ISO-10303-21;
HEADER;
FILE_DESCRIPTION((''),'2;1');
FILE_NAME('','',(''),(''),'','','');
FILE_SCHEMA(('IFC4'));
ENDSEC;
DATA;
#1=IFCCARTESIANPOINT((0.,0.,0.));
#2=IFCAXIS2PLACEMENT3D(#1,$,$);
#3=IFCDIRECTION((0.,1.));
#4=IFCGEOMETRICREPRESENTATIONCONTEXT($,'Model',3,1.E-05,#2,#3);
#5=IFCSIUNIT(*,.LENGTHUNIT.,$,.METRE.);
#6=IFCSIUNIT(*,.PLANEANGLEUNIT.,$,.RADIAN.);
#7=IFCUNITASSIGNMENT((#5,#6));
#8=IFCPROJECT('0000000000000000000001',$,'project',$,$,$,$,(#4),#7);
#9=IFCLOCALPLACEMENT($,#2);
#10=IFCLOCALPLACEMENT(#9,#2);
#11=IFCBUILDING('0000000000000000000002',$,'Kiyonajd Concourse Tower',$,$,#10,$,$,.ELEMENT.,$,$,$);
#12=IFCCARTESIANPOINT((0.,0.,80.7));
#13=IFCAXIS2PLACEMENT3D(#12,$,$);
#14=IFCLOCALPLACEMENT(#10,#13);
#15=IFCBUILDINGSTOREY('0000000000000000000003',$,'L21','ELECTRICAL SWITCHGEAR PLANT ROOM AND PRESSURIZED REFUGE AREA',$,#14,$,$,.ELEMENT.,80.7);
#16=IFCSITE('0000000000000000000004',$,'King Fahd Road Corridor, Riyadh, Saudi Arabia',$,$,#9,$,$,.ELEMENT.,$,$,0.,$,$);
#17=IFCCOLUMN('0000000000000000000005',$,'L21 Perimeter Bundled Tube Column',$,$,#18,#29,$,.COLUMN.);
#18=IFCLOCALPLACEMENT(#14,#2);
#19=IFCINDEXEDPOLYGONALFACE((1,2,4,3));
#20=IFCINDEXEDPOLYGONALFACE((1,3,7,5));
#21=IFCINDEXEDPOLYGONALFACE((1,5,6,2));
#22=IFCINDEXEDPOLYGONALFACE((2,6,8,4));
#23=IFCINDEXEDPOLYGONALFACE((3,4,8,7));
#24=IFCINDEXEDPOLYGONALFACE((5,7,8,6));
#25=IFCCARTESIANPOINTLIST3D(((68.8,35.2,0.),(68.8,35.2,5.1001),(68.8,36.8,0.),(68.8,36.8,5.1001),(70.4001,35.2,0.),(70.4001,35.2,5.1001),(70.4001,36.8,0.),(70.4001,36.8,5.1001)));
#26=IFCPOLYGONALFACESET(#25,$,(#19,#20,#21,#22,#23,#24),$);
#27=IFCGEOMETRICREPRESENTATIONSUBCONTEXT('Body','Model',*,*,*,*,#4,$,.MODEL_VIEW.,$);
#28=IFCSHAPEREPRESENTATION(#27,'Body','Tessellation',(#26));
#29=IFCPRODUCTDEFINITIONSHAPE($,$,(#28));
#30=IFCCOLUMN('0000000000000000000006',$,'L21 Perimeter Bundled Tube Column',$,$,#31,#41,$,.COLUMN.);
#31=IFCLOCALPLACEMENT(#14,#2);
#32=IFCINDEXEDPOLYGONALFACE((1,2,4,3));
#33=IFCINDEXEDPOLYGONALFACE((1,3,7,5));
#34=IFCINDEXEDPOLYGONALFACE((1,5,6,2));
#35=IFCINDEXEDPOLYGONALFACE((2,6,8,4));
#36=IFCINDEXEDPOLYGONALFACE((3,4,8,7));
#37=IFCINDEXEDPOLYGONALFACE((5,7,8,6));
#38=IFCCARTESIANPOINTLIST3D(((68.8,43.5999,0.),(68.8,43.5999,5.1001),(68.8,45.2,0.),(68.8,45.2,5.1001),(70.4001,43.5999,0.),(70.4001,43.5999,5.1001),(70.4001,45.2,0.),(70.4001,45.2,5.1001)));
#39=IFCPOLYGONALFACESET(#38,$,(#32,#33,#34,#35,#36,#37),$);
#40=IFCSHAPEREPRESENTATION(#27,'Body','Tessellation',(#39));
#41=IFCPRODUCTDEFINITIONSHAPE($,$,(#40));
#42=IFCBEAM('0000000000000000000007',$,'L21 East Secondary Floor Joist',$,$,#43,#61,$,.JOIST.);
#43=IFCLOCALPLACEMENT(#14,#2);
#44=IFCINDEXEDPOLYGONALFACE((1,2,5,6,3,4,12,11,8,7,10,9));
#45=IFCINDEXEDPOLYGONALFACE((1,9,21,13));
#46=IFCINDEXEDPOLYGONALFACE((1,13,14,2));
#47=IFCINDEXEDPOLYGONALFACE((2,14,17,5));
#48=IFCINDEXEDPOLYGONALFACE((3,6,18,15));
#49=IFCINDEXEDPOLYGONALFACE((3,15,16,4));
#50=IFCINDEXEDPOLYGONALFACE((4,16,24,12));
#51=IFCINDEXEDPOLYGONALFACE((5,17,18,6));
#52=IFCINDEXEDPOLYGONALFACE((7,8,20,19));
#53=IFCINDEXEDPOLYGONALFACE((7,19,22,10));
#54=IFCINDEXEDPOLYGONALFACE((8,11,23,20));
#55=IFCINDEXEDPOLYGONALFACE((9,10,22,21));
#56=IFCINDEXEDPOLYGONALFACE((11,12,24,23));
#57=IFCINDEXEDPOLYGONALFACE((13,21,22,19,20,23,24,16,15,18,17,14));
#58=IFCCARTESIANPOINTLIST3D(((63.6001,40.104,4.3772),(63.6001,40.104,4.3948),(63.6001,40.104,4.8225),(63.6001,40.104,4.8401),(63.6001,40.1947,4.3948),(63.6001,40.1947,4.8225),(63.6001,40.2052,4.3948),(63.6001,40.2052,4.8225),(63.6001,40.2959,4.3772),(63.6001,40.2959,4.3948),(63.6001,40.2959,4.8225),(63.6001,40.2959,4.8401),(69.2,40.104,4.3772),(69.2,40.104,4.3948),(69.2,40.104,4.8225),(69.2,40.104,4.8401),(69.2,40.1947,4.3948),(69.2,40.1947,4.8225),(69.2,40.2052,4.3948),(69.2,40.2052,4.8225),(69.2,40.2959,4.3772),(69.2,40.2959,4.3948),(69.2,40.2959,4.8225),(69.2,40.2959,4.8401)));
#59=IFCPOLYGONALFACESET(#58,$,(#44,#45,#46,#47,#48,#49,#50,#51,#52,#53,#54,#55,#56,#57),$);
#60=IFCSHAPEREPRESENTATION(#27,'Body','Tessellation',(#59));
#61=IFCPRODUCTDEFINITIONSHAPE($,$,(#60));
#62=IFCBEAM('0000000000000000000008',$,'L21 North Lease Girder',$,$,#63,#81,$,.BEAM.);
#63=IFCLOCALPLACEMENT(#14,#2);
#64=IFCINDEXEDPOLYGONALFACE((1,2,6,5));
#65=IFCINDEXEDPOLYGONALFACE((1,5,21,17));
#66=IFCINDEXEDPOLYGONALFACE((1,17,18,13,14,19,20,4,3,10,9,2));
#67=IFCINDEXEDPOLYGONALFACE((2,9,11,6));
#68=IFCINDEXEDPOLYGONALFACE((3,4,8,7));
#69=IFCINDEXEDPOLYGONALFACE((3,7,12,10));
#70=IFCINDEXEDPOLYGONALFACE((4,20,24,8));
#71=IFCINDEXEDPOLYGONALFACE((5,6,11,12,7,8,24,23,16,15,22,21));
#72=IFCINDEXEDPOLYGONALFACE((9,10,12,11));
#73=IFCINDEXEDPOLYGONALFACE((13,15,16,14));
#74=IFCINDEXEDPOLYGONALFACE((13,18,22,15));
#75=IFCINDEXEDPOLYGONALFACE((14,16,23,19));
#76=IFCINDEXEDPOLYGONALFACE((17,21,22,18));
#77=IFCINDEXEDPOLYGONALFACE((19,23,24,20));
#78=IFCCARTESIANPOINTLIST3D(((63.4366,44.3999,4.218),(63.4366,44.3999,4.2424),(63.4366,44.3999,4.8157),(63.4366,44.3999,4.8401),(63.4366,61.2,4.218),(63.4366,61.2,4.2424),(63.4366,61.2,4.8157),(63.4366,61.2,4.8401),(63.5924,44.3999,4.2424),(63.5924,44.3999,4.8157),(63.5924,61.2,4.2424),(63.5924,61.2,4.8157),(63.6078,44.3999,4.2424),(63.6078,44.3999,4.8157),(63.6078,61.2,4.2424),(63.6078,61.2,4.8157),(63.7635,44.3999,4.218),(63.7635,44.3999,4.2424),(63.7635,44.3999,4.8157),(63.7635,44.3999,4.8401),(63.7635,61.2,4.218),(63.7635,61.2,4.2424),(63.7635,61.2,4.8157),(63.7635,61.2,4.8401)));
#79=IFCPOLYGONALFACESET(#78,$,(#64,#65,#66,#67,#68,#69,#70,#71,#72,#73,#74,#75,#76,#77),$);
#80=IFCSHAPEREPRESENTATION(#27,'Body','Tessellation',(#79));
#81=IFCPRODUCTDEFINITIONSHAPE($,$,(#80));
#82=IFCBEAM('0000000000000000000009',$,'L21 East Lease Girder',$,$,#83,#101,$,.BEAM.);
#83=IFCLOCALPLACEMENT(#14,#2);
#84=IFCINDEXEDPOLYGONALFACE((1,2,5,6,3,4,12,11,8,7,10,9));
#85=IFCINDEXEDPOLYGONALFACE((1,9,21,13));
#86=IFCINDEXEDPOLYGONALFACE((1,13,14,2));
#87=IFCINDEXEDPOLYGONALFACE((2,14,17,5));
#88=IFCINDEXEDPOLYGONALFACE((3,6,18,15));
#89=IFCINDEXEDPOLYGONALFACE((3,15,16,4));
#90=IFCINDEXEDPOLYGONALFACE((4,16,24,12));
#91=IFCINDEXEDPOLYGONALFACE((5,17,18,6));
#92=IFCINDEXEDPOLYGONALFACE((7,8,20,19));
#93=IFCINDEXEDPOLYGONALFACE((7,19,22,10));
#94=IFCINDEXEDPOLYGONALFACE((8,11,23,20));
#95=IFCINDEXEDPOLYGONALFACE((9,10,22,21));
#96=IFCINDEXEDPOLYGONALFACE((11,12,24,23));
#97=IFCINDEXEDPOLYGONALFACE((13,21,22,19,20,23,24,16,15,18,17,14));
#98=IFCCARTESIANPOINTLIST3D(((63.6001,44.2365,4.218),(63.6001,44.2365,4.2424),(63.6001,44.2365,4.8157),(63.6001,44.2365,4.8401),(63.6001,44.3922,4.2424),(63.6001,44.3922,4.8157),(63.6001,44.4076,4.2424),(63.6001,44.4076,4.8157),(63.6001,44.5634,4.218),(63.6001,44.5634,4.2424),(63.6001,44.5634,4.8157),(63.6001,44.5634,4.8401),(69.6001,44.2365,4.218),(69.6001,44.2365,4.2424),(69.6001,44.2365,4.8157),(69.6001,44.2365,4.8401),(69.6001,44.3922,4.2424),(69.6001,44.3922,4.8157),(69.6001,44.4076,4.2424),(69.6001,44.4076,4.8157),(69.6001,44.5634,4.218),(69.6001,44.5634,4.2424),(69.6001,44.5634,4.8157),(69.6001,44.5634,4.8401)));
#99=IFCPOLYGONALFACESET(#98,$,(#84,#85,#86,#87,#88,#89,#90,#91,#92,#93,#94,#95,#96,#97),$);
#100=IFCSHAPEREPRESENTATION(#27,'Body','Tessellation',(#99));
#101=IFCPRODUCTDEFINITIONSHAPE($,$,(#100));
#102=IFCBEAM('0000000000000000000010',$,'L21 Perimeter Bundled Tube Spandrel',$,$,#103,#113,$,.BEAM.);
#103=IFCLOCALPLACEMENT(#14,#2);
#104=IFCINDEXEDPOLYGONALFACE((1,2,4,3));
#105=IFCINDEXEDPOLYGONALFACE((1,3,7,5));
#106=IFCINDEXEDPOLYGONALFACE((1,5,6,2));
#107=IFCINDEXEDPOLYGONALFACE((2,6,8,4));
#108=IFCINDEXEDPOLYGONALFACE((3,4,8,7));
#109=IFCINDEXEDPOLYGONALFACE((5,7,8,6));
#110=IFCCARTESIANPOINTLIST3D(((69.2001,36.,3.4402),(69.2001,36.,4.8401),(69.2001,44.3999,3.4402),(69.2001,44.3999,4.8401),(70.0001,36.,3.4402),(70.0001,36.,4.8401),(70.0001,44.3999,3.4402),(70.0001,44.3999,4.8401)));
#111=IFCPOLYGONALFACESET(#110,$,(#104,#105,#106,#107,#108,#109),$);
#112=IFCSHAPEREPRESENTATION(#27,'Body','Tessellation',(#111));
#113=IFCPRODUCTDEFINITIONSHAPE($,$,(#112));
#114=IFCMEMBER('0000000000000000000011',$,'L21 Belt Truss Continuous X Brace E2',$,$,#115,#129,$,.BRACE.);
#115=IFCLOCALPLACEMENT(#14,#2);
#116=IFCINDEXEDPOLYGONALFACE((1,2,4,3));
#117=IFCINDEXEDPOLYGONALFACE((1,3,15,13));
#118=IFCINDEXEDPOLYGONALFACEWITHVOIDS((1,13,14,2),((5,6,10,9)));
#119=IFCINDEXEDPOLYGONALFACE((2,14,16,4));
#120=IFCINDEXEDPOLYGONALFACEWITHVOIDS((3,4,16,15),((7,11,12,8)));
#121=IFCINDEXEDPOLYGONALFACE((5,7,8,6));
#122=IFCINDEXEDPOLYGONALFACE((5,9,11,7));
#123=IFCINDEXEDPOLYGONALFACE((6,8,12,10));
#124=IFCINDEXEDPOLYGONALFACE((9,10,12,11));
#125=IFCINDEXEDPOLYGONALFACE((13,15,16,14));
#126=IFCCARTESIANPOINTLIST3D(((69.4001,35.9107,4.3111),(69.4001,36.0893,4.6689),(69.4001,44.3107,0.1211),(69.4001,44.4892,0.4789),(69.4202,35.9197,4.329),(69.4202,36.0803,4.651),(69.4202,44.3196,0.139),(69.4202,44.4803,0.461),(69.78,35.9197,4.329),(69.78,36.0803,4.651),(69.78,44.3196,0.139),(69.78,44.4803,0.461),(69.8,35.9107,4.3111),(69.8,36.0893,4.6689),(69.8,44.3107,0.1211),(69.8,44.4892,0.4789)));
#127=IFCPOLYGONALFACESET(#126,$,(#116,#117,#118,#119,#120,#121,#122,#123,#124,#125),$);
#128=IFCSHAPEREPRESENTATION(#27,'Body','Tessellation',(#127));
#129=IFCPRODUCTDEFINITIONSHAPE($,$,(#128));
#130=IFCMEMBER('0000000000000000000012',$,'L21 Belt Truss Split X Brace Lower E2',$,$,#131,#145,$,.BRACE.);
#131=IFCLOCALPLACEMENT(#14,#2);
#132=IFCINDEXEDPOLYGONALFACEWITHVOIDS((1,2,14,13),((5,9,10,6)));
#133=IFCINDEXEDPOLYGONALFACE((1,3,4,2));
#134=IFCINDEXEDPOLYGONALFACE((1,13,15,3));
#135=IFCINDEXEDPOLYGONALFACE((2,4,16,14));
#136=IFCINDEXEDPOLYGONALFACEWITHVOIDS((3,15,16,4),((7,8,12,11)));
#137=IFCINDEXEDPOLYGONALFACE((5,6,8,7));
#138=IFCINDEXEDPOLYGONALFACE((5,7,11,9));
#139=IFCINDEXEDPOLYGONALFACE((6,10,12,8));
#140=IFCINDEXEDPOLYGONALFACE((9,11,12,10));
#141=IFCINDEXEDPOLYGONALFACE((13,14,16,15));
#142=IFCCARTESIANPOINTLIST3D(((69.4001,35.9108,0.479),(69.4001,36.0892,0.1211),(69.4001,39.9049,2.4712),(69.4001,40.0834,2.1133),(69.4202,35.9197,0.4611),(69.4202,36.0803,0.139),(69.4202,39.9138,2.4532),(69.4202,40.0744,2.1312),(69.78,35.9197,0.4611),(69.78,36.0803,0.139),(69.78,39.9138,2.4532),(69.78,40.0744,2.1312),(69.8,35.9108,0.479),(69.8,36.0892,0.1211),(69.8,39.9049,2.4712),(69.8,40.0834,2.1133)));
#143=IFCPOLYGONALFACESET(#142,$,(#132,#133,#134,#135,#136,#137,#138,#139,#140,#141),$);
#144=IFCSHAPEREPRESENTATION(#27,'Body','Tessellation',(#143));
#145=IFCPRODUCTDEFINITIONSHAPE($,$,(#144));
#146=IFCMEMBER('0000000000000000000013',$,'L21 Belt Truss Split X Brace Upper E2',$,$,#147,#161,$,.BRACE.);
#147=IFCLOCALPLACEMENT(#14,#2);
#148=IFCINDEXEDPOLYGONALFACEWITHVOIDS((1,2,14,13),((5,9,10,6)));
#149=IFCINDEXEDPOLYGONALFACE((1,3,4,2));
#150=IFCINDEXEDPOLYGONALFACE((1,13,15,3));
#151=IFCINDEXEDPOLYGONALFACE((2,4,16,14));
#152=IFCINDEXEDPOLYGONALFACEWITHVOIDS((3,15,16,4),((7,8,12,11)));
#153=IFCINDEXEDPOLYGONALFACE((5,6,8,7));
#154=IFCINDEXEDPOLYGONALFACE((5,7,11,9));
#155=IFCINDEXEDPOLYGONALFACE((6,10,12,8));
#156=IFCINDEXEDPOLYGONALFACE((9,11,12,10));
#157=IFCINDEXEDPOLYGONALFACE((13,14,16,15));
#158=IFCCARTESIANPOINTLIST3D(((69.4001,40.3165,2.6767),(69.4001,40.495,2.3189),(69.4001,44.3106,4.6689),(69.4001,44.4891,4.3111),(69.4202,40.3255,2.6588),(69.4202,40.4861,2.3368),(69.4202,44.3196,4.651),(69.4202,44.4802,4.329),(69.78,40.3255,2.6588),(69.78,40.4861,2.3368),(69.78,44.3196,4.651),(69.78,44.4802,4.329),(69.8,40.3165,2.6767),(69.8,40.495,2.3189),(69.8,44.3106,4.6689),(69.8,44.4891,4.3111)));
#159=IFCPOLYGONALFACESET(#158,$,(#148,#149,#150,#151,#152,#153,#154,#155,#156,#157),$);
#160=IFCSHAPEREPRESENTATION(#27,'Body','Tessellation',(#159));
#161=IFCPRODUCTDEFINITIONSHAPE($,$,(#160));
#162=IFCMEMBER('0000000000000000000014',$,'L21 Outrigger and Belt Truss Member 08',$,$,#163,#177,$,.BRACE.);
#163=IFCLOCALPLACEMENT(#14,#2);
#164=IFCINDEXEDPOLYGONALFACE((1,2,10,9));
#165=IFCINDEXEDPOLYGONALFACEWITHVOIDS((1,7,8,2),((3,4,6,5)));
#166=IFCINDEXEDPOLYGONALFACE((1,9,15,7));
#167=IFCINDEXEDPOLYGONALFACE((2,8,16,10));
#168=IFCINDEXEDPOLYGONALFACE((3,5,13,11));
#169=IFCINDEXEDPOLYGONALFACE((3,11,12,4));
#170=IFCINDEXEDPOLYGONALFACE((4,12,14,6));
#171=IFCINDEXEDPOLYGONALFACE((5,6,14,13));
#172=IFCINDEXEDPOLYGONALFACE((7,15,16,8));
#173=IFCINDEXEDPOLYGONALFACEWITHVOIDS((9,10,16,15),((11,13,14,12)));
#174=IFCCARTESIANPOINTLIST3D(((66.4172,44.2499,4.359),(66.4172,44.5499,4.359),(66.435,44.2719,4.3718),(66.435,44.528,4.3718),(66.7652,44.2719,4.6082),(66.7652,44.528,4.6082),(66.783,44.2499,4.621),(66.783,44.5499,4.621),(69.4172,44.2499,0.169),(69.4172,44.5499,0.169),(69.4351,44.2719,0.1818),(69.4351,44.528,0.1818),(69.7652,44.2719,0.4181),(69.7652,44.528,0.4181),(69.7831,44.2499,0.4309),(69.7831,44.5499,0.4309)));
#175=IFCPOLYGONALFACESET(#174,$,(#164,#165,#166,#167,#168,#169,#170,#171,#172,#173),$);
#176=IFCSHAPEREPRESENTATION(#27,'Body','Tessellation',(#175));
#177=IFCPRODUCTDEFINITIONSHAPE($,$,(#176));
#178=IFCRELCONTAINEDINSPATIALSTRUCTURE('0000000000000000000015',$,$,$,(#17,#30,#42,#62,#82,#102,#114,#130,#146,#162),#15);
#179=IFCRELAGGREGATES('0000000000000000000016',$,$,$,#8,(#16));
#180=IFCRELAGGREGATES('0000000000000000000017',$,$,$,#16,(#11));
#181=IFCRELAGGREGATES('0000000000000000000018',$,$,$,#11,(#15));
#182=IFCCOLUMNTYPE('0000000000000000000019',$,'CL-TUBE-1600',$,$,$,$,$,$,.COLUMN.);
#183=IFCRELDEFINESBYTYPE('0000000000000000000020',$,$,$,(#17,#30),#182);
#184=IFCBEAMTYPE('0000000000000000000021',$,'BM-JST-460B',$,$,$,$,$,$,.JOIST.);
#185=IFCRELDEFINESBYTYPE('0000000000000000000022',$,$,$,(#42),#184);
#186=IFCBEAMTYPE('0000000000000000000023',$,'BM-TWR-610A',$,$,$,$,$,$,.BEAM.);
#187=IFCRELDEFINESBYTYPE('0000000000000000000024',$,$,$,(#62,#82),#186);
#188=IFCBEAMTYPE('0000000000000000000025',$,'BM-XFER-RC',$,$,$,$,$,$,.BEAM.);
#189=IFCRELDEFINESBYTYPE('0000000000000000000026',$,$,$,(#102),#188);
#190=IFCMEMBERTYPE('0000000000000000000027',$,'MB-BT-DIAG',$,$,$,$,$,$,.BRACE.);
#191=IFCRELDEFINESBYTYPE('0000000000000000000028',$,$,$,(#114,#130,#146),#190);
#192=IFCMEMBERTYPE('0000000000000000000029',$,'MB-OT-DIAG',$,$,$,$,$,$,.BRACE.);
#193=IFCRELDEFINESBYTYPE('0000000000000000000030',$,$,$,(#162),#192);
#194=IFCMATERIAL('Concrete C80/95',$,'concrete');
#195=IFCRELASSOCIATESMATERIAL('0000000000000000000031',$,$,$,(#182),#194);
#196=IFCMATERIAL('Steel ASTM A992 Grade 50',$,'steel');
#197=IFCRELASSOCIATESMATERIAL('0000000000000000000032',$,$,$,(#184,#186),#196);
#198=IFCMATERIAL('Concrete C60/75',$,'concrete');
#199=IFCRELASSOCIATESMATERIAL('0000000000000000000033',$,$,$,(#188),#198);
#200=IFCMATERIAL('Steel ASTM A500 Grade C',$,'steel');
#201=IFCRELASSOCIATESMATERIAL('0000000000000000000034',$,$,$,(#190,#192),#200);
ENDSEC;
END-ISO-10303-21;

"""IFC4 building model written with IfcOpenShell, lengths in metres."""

from ifc_helpers import new_model, si_unit, direction, frame, origin, origin_2d, place, context, subcontext, project, spatial, rectangle, hollow_rectangle, i_section, extrude, material, material_profile, profile_set, type_object, element, save


model = new_model("IFC4")

# Units and contexts
model_context = context("Model", 3, precision=1e-05, world=origin(), true_north=direction((0.0, 1.0)))
body_context = subcontext(model_context, "Body", "Model", "MODEL_VIEW")
ifc_project = project(units=[si_unit("LENGTHUNIT", "METRE"), si_unit("PLANEANGLEUNIT", "RADIAN")], contexts=[model_context])

# Site, building, storey
site_placement = place(None, origin())
site = spatial("IfcSite", under=ifc_project, at=site_placement, Name="King Fahd Road Corridor, Riyadh, Saudi Arabia", CompositionType="ELEMENT", RefElevation=0.0)
building_placement = place(site_placement, origin())
building = spatial("IfcBuilding", under=site, at=building_placement, Name="Kiyonajd Concourse Tower", CompositionType="ELEMENT")
storey_placement = place(building_placement, frame((0.0, 0.0, 80.7)))
storey = spatial("IfcBuildingStorey", under=building, at=storey_placement, Name="L21", Description="ELECTRICAL SWITCHGEAR PLANT ROOM AND PRESSURIZED REFUGE AREA", CompositionType="ELEMENT", Elevation=80.7)

# Columns
ifc_material_1 = material(Name="Concrete C80/95", Category="concrete")
ifc_material_profile_1 = material_profile(ifc_material_1, rectangle(XDim=1.6001, YDim=1.6001, at=origin_2d()), Name="RC-1600x1600")
ifc_profile_set_1 = profile_set([ifc_material_profile_1], Name="Concrete C80/95")
column_type = type_object("IfcColumnType", Name="CL-TUBE-1600", PredefinedType="COLUMN", material=ifc_profile_set_1)
for number, where, z_axis, x_axis, name in (
    (1, (69.6001, 36.0, 0.0), (0.0, 0.0, 1.0), (1.0, 0.0, 0.0), "L21 Perimeter Bundled Tube Column"),
    (2, (69.6001, 44.3999, 0.0), (0.0, 0.0, 1.0), (1.0, 0.0, 0.0), "L21 Perimeter Bundled Tube Column"),
):
    element("IfcColumn", number, at=place(storey_placement, frame(where, z_axis=z_axis, x_axis=x_axis)), inside=storey, type_object=column_type, Name=name, PredefinedType="COLUMN", context=body_context, shape_type="SweptSolid", body=[
        extrude(rectangle(XDim=1.6001, YDim=1.6001, at=origin_2d()), origin(), (0.0, 0.0, 1.0), 5.1001),
    ])

# Beams
ifc_material_2 = material(Name="Steel ASTM A992 Grade 50", Category="steel")
ifc_material_profile_2 = material_profile(ifc_material_2, i_section(OverallWidth=0.1919, OverallDepth=0.4629, WebThickness=0.0105, FlangeThickness=0.0176, at=origin_2d()), Name="W460X89")
ifc_profile_set_2 = profile_set([ifc_material_profile_2], Name="Steel ASTM A992 Grade 50")
beam_type_1 = type_object("IfcBeamType", Name="BM-JST-460B", PredefinedType="JOIST", material=ifc_profile_set_2)
beam_1_placement = place(storey_placement, frame((63.6001, 40.2, 4.6086), z_axis=(1.0, 0.0, 0.0), x_axis=(0.0, 1.0, 0.0)))
element("IfcBeam", 3, at=beam_1_placement, inside=storey, type_object=beam_type_1, Name="L21 East Secondary Floor Joist", PredefinedType="JOIST", context=body_context, shape_type="SweptSolid", body=[
    extrude(i_section(OverallWidth=0.1919, OverallDepth=0.4629, WebThickness=0.0105, FlangeThickness=0.0176, at=origin_2d()), origin(), (0.0, 0.0, 1.0), 5.5999),
])
ifc_material_profile_3 = material_profile(ifc_material_2, i_section(OverallWidth=0.3269, OverallDepth=0.6221, WebThickness=0.0154, FlangeThickness=0.0244, at=origin_2d()), Name="W610X195")
ifc_profile_set_3 = profile_set([ifc_material_profile_3], Name="Steel ASTM A992 Grade 50")
beam_type_2 = type_object("IfcBeamType", Name="BM-TWR-610A", PredefinedType="BEAM", material=ifc_profile_set_3)
beam_2_placement = place(storey_placement, frame((63.6001, 44.3999, 4.5291), z_axis=(0.0, 1.0, 0.0), x_axis=(-1.0, 0.0, 0.0)))
element("IfcBeam", 4, at=beam_2_placement, inside=storey, type_object=beam_type_2, Name="L21 North Lease Girder", PredefinedType="BEAM", context=body_context, shape_type="SweptSolid", body=[
    extrude(i_section(OverallWidth=0.3269, OverallDepth=0.6221, WebThickness=0.0154, FlangeThickness=0.0244, at=origin_2d()), origin(), (0.0, 0.0, 1.0), 16.8),
])
beam_3_placement = place(storey_placement, frame((63.6001, 44.3999, 4.5291), z_axis=(1.0, 0.0, 0.0), x_axis=(0.0, 1.0, 0.0)))
element("IfcBeam", 5, at=beam_3_placement, inside=storey, type_object=beam_type_2, Name="L21 East Lease Girder", PredefinedType="BEAM", context=body_context, shape_type="SweptSolid", body=[
    extrude(i_section(OverallWidth=0.3269, OverallDepth=0.6221, WebThickness=0.0154, FlangeThickness=0.0244, at=origin_2d()), origin(), (0.0, 0.0, 1.0), 6.0),
])
ifc_material_3 = material(Name="Concrete C60/75", Category="concrete")
ifc_material_profile_4 = material_profile(ifc_material_3, rectangle(XDim=0.8, YDim=1.3999, at=origin_2d()), Name="RCBM-800x1400")
ifc_profile_set_4 = profile_set([ifc_material_profile_4], Name="Concrete C60/75")
beam_type_3 = type_object("IfcBeamType", Name="BM-XFER-RC", PredefinedType="BEAM", material=ifc_profile_set_4)
beam_4_placement = place(storey_placement, frame((69.6001, 36.0, 4.1401), z_axis=(0.0, 1.0, 0.0), x_axis=(-1.0, 0.0, 0.0)))
element("IfcBeam", 6, at=beam_4_placement, inside=storey, type_object=beam_type_3, Name="L21 Perimeter Bundled Tube Spandrel", PredefinedType="BEAM", context=body_context, shape_type="SweptSolid", body=[
    extrude(rectangle(XDim=0.8, YDim=1.3999, at=origin_2d()), origin(), (0.0, 0.0, 1.0), 8.3999),
])

# Members
ifc_material_4 = material(Name="Steel ASTM A500 Grade C", Category="steel")
ifc_material_profile_5 = material_profile(ifc_material_4, hollow_rectangle(XDim=0.3999, YDim=0.3999, WallThickness=0.02, at=origin_2d()), Name="HSS-400x400x20")
ifc_profile_set_5 = profile_set([ifc_material_profile_5], Name="Steel ASTM A500 Grade C")
member_type_1 = type_object("IfcMemberType", Name="MB-BT-DIAG", PredefinedType="BRACE", material=ifc_profile_set_5)
member_1_placement = place(storey_placement, frame((69.6001, 36.0, 4.49), z_axis=(0.0, 0.894853, -0.44636), x_axis=(-1.0, 0.0, 0.0)))
element("IfcMember", 7, at=member_1_placement, inside=storey, type_object=member_type_1, Name="L21 Belt Truss Continuous X Brace E2", PredefinedType="BRACE", context=body_context, shape_type="SweptSolid", body=[
    extrude(hollow_rectangle(XDim=0.3999, YDim=0.3999, WallThickness=0.02, at=origin_2d()), origin(), (0.0, 0.0, 1.0), 9.387),
])
for number, where, z_axis, x_axis, name in (
    (8, (69.6001, 36.0, 0.3), (0.0, 0.894864, 0.446338), (-1.0, 0.0, 0.0), "L21 Belt Truss Split X Brace Lower E2"),
    (9, (69.6001, 40.4058, 2.4978), (0.0, 0.894864, 0.446338), (-1.0, 0.0, 0.0), "L21 Belt Truss Split X Brace Upper E2"),
):
    element("IfcMember", number, at=place(storey_placement, frame(where, z_axis=z_axis, x_axis=x_axis)), inside=storey, type_object=member_type_1, Name=name, PredefinedType="BRACE", context=body_context, shape_type="SweptSolid", body=[
        extrude(hollow_rectangle(XDim=0.3999, YDim=0.3999, WallThickness=0.02, at=origin_2d()), origin(), (0.0, 0.0, 1.0), 4.4634),
    ])
ifc_material_profile_6 = material_profile(ifc_material_4, hollow_rectangle(XDim=0.3, YDim=0.45, WallThickness=0.022, at=origin_2d()), Name="HSS-450x300x22")
ifc_profile_set_6 = profile_set([ifc_material_profile_6], Name="Steel ASTM A500 Grade C")
member_type_2 = type_object("IfcMemberType", Name="MB-OT-DIAG", PredefinedType="BRACE", material=ifc_profile_set_6)
member_2_placement = place(storey_placement, frame((66.6001, 44.3999, 4.49), z_axis=(0.582161, 0.0, -0.813074), x_axis=(0.0, 1.0, 0.0)))
element("IfcMember", 10, at=member_2_placement, inside=storey, type_object=member_type_2, Name="L21 Outrigger and Belt Truss Member 08", PredefinedType="BRACE", context=body_context, shape_type="SweptSolid", body=[
    extrude(hollow_rectangle(XDim=0.3, YDim=0.45, WallThickness=0.022, at=origin_2d()), origin(), (0.0, 0.0, 1.0), 5.1533),
])

save(model, "model.ifc")
